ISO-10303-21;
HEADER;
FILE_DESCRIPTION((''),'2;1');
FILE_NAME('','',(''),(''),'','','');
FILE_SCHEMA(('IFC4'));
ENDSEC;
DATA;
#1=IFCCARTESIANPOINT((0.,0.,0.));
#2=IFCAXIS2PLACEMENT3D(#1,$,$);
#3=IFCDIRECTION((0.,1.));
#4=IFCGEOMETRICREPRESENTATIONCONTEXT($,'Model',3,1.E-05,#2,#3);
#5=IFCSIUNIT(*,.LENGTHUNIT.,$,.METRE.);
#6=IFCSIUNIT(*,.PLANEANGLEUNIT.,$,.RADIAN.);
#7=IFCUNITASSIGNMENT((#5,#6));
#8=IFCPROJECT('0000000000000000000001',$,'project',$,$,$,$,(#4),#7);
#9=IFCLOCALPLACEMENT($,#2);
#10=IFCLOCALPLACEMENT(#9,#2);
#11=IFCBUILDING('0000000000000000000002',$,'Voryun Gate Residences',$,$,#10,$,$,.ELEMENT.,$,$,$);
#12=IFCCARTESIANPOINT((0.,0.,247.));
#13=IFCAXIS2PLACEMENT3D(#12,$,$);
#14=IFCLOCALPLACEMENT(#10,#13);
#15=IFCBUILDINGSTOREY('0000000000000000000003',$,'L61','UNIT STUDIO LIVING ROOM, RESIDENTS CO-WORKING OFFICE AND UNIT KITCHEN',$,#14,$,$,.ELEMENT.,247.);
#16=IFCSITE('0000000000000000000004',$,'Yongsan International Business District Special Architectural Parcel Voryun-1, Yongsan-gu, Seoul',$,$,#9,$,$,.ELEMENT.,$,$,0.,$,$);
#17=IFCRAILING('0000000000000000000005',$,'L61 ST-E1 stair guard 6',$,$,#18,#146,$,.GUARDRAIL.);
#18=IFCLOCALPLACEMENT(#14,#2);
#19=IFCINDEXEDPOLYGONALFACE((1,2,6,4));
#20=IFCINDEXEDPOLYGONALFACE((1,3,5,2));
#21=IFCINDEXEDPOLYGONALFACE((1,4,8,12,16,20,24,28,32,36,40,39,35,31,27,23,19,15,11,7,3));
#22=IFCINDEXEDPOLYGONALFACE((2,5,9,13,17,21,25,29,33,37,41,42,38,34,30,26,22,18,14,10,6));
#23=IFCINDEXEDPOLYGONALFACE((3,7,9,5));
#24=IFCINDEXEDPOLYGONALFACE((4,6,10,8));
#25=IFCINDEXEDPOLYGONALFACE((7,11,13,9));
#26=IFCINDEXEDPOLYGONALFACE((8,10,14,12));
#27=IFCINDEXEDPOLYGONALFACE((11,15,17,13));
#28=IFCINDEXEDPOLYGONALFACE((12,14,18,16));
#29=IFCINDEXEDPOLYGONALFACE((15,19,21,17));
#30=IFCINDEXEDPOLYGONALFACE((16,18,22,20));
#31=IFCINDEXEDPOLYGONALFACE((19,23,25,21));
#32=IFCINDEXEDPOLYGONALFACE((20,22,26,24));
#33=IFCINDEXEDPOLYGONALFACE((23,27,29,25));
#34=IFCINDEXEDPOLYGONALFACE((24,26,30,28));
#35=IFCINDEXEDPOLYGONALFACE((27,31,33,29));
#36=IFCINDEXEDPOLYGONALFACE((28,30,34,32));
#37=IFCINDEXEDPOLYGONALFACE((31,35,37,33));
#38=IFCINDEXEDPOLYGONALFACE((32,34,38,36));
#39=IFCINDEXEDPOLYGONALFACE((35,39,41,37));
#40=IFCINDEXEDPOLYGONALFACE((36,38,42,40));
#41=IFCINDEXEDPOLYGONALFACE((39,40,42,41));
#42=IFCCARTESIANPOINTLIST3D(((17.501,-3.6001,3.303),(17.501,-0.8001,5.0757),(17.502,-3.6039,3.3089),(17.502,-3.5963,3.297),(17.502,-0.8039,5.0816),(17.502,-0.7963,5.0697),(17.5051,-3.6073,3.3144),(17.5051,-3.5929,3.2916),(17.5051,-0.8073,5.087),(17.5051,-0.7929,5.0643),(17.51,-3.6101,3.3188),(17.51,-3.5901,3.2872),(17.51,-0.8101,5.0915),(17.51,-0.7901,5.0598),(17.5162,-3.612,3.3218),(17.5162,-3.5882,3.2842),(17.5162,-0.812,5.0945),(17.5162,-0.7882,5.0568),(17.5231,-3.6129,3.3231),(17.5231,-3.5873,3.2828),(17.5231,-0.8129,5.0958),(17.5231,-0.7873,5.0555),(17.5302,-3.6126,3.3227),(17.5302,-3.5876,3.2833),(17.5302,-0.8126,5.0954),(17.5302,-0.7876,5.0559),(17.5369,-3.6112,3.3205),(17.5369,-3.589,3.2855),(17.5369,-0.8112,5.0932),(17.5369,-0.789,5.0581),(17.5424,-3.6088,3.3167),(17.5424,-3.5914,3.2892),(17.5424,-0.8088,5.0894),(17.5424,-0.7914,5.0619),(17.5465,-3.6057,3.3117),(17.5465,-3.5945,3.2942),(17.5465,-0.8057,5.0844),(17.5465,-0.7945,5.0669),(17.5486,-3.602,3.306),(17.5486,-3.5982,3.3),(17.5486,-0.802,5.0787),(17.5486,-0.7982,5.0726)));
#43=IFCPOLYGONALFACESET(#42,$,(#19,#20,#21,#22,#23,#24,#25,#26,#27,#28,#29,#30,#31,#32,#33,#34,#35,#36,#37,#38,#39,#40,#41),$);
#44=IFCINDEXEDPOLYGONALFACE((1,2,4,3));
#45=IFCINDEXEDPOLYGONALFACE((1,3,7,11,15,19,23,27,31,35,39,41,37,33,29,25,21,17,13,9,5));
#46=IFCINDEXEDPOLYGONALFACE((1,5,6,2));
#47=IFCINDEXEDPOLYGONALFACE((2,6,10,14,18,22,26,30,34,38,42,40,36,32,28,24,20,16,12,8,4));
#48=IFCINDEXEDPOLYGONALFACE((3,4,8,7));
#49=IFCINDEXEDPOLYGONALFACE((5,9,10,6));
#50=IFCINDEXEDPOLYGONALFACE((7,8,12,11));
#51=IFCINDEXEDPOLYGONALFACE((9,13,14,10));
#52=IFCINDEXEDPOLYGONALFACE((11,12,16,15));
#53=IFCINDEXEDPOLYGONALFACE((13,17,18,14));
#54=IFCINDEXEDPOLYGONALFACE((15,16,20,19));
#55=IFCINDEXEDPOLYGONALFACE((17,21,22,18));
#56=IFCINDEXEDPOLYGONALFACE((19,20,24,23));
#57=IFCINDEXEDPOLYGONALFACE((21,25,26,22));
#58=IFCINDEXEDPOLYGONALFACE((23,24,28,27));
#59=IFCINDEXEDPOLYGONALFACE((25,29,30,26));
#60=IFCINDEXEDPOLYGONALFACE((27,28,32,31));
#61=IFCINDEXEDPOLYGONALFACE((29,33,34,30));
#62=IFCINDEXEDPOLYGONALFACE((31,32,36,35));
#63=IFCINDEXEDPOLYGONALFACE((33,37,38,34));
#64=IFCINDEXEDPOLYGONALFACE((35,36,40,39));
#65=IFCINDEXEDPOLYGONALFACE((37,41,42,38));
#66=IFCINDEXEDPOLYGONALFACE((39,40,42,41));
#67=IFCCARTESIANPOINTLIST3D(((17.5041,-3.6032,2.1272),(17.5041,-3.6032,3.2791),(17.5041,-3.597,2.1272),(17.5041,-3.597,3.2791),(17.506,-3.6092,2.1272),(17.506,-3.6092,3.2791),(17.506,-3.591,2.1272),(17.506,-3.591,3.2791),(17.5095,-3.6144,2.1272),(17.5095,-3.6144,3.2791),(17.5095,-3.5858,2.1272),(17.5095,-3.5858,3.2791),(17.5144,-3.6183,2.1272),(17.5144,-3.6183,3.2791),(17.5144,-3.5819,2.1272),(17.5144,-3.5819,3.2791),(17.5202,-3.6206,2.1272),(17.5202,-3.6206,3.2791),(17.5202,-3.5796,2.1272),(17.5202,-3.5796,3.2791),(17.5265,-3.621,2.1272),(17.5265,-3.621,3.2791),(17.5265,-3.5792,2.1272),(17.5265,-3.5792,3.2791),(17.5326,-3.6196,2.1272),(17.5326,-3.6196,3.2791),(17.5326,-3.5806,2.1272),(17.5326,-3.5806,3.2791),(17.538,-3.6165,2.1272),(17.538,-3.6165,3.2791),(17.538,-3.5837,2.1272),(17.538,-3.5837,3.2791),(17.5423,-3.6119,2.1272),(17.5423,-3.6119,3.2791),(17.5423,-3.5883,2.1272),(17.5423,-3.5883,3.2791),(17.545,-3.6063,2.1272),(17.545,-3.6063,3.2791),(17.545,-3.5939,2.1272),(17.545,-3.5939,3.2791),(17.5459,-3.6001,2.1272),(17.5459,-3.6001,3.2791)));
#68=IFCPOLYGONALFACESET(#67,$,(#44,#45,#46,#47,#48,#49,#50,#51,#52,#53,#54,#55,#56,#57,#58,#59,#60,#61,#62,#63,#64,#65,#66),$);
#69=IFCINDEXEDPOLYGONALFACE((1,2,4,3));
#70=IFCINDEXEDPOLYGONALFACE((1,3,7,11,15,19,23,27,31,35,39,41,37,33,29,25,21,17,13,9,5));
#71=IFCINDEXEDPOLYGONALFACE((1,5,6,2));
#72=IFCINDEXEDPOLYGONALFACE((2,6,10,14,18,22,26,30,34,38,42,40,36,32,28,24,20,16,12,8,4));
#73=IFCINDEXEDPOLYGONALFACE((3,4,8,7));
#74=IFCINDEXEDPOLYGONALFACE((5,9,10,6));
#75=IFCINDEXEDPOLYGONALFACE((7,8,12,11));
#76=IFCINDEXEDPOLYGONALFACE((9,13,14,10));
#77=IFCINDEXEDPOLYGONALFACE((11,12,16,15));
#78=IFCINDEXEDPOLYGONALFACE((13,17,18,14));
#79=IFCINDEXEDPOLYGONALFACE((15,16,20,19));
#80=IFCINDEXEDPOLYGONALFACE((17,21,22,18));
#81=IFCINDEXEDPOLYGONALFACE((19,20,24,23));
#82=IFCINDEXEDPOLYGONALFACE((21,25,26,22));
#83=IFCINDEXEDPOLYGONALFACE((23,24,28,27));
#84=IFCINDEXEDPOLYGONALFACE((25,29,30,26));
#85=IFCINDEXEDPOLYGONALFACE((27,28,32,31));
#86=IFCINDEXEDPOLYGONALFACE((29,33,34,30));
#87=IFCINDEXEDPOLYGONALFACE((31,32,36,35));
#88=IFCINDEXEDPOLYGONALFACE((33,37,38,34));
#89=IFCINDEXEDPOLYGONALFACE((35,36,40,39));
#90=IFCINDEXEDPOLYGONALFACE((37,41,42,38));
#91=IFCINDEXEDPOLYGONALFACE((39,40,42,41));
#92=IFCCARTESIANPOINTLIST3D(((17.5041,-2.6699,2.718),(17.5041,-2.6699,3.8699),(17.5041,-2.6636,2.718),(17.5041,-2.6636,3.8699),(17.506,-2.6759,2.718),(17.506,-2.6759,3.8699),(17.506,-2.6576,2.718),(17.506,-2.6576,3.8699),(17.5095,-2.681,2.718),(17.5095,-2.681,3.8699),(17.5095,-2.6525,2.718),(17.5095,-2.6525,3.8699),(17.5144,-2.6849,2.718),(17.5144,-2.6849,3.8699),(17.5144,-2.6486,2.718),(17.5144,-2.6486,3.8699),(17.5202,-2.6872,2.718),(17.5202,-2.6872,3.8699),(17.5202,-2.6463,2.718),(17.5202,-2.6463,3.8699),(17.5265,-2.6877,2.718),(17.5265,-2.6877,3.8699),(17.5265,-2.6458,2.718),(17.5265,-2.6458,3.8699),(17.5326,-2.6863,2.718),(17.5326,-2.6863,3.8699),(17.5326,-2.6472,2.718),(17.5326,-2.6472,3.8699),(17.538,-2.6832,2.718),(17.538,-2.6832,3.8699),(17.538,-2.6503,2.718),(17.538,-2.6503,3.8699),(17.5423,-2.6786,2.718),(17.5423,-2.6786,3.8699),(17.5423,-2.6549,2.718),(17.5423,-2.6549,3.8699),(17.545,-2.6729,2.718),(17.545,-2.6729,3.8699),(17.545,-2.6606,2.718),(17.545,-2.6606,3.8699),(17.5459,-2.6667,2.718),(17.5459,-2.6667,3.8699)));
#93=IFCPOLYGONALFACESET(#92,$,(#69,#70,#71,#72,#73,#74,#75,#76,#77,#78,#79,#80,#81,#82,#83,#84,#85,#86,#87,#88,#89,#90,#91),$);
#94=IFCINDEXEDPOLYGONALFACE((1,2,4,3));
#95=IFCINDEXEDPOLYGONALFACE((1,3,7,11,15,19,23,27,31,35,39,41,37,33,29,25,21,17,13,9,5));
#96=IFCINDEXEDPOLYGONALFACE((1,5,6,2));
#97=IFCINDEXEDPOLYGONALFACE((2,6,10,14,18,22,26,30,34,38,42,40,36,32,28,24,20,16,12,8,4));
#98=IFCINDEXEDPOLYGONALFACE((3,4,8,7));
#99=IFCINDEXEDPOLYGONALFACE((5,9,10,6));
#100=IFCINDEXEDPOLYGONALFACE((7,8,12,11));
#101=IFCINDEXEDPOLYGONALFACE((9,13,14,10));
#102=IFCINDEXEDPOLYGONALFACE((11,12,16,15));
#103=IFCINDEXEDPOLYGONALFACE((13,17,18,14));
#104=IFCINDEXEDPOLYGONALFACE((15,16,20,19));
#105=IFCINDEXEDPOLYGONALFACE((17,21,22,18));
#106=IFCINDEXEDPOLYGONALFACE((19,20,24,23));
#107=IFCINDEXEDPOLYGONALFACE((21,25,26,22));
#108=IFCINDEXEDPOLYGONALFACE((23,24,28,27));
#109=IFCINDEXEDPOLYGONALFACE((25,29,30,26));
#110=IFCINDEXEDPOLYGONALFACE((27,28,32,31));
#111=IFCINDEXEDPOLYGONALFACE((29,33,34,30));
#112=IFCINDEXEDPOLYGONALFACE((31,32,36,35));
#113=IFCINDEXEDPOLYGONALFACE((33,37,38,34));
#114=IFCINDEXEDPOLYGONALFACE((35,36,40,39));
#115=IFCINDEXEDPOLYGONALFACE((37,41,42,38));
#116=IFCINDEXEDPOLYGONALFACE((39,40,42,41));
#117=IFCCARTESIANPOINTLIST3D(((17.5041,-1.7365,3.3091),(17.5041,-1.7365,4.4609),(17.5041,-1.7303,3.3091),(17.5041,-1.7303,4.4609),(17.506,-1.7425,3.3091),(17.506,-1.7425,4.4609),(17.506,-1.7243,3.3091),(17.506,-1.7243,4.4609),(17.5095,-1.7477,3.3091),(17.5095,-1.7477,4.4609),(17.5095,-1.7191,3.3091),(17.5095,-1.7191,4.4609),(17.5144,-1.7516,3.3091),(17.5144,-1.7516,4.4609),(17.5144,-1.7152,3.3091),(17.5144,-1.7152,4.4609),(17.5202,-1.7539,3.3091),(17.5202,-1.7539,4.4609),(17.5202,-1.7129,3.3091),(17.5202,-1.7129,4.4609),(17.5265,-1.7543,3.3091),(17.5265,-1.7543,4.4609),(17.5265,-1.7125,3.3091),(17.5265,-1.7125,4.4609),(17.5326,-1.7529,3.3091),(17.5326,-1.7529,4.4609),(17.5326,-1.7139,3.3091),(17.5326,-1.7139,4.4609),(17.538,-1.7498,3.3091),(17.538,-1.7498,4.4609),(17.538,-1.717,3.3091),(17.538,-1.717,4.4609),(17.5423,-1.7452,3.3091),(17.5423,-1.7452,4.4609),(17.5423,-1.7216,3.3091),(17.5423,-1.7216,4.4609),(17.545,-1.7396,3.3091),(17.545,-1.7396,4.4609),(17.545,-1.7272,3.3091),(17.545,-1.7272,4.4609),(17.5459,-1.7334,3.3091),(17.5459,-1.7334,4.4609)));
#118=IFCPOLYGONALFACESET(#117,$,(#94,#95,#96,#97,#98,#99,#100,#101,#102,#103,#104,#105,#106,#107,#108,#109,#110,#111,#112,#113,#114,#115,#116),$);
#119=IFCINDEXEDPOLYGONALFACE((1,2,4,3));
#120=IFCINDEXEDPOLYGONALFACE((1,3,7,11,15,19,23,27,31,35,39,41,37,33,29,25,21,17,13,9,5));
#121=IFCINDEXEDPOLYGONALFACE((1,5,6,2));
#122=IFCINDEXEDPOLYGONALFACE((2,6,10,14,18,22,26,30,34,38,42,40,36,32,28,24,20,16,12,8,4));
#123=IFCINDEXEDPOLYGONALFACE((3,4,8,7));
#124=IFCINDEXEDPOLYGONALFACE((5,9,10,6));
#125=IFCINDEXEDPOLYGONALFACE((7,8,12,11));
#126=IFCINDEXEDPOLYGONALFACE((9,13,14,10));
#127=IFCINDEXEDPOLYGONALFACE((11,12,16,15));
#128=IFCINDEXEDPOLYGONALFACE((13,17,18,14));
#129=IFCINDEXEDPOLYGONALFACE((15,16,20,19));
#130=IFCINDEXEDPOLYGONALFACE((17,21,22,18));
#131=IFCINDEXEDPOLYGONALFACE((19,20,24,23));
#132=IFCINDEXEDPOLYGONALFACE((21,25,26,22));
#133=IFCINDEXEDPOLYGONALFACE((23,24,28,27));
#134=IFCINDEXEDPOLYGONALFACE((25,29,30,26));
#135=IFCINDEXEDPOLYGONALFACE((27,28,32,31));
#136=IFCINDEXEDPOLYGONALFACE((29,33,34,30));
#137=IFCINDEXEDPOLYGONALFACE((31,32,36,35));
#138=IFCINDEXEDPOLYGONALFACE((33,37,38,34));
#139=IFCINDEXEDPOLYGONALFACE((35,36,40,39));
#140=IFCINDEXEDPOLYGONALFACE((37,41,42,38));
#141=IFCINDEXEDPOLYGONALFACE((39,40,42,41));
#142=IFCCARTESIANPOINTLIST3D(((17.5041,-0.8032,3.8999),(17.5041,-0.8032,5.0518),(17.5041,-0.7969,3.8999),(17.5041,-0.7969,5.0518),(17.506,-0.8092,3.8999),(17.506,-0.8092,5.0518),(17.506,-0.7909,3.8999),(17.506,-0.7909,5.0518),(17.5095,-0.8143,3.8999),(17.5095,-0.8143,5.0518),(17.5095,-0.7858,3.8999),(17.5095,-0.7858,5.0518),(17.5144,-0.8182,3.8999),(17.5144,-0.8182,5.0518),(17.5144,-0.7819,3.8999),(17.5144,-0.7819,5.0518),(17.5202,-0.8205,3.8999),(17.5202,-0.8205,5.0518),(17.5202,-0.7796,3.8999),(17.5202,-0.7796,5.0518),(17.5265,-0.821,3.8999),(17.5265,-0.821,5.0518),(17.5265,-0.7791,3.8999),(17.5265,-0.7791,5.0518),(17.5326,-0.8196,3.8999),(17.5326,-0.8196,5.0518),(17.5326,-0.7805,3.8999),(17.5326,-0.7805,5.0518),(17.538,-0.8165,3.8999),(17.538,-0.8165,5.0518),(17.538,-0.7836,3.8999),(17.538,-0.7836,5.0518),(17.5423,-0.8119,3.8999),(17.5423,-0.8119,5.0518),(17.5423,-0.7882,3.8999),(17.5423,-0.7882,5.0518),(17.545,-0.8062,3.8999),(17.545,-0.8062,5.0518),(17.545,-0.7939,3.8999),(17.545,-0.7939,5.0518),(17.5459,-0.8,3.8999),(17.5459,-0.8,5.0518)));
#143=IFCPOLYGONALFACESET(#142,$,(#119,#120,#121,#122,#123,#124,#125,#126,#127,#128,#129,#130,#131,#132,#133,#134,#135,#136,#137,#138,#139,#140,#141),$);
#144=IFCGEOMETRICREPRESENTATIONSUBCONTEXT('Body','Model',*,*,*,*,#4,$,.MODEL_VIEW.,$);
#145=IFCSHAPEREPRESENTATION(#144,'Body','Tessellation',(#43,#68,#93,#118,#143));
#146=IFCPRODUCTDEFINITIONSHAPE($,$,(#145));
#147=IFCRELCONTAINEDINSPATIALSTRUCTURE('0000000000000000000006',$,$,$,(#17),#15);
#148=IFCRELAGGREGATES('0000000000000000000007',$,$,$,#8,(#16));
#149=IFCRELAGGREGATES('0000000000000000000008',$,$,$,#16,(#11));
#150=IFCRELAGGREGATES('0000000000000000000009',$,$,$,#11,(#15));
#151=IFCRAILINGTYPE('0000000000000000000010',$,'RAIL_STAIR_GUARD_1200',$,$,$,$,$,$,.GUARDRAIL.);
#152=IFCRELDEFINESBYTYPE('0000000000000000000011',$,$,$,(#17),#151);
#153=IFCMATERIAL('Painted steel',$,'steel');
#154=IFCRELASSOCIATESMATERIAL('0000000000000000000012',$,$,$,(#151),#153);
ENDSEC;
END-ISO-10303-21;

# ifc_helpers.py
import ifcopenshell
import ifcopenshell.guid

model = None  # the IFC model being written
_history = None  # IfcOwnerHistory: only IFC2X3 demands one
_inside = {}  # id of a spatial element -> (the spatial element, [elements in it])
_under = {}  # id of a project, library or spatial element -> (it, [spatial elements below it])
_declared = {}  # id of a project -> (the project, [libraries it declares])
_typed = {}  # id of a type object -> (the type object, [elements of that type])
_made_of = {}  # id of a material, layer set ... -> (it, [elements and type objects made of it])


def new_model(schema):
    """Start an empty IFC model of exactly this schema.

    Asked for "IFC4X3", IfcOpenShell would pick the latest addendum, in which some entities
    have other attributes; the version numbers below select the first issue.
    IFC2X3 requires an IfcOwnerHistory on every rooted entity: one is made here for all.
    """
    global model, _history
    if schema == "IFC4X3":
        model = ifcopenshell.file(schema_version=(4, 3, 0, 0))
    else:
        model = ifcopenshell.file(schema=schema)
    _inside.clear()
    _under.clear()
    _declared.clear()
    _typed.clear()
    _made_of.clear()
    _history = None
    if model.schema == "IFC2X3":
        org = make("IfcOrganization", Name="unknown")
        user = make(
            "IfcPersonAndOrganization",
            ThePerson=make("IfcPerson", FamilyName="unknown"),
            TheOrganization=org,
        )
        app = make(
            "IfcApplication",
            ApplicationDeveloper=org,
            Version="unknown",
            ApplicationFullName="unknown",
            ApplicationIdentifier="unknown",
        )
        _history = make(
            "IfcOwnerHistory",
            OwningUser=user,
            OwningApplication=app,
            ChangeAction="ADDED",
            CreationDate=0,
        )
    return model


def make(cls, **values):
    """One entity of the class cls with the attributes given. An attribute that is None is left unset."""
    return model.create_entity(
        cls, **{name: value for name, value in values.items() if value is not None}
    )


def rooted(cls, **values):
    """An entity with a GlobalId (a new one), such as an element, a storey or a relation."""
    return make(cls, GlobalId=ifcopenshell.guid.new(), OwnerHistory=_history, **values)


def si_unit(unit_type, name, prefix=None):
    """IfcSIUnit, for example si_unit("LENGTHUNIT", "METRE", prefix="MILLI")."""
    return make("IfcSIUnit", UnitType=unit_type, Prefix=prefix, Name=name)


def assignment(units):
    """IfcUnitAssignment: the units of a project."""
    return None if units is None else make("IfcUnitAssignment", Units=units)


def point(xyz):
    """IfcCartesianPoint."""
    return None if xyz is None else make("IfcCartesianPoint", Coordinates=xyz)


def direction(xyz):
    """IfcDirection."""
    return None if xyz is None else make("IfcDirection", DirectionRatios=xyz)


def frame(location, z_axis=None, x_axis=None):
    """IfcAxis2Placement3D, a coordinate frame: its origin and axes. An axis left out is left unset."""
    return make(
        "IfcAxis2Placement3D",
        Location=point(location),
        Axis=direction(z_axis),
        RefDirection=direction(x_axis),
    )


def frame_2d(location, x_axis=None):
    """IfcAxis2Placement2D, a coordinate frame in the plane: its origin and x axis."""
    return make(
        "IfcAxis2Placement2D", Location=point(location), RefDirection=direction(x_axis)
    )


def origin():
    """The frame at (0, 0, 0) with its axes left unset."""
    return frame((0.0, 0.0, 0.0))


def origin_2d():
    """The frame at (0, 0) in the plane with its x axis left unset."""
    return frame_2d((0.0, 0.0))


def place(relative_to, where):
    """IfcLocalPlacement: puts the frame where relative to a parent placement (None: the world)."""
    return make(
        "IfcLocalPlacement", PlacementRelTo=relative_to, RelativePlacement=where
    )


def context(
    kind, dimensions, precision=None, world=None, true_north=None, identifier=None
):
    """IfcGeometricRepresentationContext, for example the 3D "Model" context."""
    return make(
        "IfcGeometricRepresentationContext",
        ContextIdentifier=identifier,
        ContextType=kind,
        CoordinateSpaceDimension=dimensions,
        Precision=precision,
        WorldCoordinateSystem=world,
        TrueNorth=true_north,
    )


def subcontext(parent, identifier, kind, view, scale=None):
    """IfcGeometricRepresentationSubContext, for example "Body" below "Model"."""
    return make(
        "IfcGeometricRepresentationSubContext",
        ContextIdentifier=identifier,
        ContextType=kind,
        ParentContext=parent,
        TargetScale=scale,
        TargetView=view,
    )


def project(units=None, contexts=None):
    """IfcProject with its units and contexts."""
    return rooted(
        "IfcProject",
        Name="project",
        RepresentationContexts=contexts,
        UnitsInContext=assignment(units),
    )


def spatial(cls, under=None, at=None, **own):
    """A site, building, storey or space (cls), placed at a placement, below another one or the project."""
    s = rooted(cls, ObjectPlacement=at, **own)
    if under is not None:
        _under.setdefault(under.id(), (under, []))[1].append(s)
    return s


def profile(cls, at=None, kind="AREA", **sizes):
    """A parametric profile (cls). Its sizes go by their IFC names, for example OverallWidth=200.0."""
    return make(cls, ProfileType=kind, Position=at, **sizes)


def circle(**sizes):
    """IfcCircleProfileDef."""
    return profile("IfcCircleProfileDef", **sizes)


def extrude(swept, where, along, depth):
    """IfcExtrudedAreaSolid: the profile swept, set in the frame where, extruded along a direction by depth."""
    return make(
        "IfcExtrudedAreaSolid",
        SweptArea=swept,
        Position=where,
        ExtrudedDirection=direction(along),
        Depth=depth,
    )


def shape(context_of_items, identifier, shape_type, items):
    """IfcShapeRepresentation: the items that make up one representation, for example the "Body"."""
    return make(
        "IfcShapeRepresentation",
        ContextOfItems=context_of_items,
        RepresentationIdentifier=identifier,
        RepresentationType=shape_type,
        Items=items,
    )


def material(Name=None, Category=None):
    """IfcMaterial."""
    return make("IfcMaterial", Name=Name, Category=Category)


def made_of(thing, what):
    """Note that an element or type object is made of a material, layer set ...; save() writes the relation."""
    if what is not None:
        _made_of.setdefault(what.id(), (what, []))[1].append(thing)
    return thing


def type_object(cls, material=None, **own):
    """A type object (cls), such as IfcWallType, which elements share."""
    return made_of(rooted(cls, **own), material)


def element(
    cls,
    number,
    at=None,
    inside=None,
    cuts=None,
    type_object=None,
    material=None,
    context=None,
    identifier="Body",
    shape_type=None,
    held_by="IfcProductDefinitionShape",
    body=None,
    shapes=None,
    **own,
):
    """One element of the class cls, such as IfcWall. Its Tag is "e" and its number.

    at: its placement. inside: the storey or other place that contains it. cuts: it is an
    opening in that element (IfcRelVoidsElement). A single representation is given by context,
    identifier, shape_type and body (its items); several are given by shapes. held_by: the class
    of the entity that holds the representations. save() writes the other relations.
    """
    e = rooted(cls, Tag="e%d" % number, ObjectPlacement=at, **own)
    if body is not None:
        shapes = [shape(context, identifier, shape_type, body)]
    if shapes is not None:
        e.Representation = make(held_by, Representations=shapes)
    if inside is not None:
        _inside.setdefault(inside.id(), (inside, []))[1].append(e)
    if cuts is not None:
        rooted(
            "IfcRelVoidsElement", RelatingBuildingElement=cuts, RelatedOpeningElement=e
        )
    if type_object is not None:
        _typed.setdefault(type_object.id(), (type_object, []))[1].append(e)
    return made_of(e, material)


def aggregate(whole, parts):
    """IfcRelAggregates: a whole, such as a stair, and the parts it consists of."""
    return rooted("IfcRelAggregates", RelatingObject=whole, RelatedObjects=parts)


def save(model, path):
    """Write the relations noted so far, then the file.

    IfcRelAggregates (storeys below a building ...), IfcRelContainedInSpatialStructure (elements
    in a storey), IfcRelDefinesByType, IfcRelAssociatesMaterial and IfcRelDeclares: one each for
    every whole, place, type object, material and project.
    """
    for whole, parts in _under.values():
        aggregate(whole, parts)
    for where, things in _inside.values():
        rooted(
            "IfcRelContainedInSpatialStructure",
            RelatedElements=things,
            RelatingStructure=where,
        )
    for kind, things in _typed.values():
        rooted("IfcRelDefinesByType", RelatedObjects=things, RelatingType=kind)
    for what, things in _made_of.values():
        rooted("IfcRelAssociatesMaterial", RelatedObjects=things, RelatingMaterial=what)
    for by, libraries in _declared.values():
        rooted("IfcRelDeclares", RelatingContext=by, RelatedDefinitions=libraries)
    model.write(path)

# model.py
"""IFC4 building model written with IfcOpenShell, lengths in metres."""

from ifc_helpers import new_model, si_unit, direction, frame, origin, origin_2d, place, context, subcontext, project, spatial, circle, extrude, material, type_object, element, save


model = new_model("IFC4")

# Units and contexts
model_context = context("Model", 3, precision=1e-05, world=origin(), true_north=direction((0.0, 1.0)))
body_context = subcontext(model_context, "Body", "Model", "MODEL_VIEW")
ifc_project = project(units=[si_unit("LENGTHUNIT", "METRE"), si_unit("PLANEANGLEUNIT", "RADIAN")], contexts=[model_context])

# Site, building, storey
site_placement = place(None, origin())
site = spatial("IfcSite", under=ifc_project, at=site_placement, Name="Yongsan International Business District Special Architectural Parcel Voryun-1, Yongsan-gu, Seoul", CompositionType="ELEMENT", RefElevation=0.0)
building_placement = place(site_placement, origin())
building = spatial("IfcBuilding", under=site, at=building_placement, Name="Voryun Gate Residences", CompositionType="ELEMENT")
storey_placement = place(building_placement, frame((0.0, 0.0, 247.0)))
storey = spatial("IfcBuildingStorey", under=building, at=storey_placement, Name="L61", Description="UNIT STUDIO LIVING ROOM, RESIDENTS CO-WORKING OFFICE AND UNIT KITCHEN", CompositionType="ELEMENT", Elevation=247.0)

# Railing
ifc_material_1 = material(Name="Painted steel", Category="steel")
railing_type_1 = type_object("IfcRailingType", Name="RAIL_STAIR_GUARD_1200", PredefinedType="GUARDRAIL", material=ifc_material_1)
railing_1_placement = place(storey_placement, frame((17.5249, -3.6001, 2.1272)))
element("IfcRailing", 1, at=railing_1_placement, inside=storey, type_object=railing_type_1, Name="L61 ST-E1 stair guard 6", PredefinedType="GUARDRAIL", context=body_context, shape_type="SweptSolid", body=[
    extrude(circle(Radius=0.0239, at=origin_2d()), frame((0.0, 0.0, 1.1758), z_axis=(0.0, 0.844909, 0.53491), x_axis=(-1.0, 0.0, 0.0)), (0.0, 0.0, 1.0), 3.314),
    extrude(circle(Radius=0.021, at=origin_2d()), origin(), (0.0, 0.0, 1.0), 1.1519),
    extrude(circle(Radius=0.021, at=origin_2d()), frame((0.0, 0.9333, 0.5908)), (0.0, 0.0, 1.0), 1.1519),
    extrude(circle(Radius=0.021, at=origin_2d()), frame((0.0, 1.8667, 1.1819)), (0.0, 0.0, 1.0), 1.1519),
    extrude(circle(Radius=0.021, at=origin_2d()), frame((0.0, 2.8, 1.7727)), (0.0, 0.0, 1.0), 1.1519),
])

save(model, "model.ifc")
